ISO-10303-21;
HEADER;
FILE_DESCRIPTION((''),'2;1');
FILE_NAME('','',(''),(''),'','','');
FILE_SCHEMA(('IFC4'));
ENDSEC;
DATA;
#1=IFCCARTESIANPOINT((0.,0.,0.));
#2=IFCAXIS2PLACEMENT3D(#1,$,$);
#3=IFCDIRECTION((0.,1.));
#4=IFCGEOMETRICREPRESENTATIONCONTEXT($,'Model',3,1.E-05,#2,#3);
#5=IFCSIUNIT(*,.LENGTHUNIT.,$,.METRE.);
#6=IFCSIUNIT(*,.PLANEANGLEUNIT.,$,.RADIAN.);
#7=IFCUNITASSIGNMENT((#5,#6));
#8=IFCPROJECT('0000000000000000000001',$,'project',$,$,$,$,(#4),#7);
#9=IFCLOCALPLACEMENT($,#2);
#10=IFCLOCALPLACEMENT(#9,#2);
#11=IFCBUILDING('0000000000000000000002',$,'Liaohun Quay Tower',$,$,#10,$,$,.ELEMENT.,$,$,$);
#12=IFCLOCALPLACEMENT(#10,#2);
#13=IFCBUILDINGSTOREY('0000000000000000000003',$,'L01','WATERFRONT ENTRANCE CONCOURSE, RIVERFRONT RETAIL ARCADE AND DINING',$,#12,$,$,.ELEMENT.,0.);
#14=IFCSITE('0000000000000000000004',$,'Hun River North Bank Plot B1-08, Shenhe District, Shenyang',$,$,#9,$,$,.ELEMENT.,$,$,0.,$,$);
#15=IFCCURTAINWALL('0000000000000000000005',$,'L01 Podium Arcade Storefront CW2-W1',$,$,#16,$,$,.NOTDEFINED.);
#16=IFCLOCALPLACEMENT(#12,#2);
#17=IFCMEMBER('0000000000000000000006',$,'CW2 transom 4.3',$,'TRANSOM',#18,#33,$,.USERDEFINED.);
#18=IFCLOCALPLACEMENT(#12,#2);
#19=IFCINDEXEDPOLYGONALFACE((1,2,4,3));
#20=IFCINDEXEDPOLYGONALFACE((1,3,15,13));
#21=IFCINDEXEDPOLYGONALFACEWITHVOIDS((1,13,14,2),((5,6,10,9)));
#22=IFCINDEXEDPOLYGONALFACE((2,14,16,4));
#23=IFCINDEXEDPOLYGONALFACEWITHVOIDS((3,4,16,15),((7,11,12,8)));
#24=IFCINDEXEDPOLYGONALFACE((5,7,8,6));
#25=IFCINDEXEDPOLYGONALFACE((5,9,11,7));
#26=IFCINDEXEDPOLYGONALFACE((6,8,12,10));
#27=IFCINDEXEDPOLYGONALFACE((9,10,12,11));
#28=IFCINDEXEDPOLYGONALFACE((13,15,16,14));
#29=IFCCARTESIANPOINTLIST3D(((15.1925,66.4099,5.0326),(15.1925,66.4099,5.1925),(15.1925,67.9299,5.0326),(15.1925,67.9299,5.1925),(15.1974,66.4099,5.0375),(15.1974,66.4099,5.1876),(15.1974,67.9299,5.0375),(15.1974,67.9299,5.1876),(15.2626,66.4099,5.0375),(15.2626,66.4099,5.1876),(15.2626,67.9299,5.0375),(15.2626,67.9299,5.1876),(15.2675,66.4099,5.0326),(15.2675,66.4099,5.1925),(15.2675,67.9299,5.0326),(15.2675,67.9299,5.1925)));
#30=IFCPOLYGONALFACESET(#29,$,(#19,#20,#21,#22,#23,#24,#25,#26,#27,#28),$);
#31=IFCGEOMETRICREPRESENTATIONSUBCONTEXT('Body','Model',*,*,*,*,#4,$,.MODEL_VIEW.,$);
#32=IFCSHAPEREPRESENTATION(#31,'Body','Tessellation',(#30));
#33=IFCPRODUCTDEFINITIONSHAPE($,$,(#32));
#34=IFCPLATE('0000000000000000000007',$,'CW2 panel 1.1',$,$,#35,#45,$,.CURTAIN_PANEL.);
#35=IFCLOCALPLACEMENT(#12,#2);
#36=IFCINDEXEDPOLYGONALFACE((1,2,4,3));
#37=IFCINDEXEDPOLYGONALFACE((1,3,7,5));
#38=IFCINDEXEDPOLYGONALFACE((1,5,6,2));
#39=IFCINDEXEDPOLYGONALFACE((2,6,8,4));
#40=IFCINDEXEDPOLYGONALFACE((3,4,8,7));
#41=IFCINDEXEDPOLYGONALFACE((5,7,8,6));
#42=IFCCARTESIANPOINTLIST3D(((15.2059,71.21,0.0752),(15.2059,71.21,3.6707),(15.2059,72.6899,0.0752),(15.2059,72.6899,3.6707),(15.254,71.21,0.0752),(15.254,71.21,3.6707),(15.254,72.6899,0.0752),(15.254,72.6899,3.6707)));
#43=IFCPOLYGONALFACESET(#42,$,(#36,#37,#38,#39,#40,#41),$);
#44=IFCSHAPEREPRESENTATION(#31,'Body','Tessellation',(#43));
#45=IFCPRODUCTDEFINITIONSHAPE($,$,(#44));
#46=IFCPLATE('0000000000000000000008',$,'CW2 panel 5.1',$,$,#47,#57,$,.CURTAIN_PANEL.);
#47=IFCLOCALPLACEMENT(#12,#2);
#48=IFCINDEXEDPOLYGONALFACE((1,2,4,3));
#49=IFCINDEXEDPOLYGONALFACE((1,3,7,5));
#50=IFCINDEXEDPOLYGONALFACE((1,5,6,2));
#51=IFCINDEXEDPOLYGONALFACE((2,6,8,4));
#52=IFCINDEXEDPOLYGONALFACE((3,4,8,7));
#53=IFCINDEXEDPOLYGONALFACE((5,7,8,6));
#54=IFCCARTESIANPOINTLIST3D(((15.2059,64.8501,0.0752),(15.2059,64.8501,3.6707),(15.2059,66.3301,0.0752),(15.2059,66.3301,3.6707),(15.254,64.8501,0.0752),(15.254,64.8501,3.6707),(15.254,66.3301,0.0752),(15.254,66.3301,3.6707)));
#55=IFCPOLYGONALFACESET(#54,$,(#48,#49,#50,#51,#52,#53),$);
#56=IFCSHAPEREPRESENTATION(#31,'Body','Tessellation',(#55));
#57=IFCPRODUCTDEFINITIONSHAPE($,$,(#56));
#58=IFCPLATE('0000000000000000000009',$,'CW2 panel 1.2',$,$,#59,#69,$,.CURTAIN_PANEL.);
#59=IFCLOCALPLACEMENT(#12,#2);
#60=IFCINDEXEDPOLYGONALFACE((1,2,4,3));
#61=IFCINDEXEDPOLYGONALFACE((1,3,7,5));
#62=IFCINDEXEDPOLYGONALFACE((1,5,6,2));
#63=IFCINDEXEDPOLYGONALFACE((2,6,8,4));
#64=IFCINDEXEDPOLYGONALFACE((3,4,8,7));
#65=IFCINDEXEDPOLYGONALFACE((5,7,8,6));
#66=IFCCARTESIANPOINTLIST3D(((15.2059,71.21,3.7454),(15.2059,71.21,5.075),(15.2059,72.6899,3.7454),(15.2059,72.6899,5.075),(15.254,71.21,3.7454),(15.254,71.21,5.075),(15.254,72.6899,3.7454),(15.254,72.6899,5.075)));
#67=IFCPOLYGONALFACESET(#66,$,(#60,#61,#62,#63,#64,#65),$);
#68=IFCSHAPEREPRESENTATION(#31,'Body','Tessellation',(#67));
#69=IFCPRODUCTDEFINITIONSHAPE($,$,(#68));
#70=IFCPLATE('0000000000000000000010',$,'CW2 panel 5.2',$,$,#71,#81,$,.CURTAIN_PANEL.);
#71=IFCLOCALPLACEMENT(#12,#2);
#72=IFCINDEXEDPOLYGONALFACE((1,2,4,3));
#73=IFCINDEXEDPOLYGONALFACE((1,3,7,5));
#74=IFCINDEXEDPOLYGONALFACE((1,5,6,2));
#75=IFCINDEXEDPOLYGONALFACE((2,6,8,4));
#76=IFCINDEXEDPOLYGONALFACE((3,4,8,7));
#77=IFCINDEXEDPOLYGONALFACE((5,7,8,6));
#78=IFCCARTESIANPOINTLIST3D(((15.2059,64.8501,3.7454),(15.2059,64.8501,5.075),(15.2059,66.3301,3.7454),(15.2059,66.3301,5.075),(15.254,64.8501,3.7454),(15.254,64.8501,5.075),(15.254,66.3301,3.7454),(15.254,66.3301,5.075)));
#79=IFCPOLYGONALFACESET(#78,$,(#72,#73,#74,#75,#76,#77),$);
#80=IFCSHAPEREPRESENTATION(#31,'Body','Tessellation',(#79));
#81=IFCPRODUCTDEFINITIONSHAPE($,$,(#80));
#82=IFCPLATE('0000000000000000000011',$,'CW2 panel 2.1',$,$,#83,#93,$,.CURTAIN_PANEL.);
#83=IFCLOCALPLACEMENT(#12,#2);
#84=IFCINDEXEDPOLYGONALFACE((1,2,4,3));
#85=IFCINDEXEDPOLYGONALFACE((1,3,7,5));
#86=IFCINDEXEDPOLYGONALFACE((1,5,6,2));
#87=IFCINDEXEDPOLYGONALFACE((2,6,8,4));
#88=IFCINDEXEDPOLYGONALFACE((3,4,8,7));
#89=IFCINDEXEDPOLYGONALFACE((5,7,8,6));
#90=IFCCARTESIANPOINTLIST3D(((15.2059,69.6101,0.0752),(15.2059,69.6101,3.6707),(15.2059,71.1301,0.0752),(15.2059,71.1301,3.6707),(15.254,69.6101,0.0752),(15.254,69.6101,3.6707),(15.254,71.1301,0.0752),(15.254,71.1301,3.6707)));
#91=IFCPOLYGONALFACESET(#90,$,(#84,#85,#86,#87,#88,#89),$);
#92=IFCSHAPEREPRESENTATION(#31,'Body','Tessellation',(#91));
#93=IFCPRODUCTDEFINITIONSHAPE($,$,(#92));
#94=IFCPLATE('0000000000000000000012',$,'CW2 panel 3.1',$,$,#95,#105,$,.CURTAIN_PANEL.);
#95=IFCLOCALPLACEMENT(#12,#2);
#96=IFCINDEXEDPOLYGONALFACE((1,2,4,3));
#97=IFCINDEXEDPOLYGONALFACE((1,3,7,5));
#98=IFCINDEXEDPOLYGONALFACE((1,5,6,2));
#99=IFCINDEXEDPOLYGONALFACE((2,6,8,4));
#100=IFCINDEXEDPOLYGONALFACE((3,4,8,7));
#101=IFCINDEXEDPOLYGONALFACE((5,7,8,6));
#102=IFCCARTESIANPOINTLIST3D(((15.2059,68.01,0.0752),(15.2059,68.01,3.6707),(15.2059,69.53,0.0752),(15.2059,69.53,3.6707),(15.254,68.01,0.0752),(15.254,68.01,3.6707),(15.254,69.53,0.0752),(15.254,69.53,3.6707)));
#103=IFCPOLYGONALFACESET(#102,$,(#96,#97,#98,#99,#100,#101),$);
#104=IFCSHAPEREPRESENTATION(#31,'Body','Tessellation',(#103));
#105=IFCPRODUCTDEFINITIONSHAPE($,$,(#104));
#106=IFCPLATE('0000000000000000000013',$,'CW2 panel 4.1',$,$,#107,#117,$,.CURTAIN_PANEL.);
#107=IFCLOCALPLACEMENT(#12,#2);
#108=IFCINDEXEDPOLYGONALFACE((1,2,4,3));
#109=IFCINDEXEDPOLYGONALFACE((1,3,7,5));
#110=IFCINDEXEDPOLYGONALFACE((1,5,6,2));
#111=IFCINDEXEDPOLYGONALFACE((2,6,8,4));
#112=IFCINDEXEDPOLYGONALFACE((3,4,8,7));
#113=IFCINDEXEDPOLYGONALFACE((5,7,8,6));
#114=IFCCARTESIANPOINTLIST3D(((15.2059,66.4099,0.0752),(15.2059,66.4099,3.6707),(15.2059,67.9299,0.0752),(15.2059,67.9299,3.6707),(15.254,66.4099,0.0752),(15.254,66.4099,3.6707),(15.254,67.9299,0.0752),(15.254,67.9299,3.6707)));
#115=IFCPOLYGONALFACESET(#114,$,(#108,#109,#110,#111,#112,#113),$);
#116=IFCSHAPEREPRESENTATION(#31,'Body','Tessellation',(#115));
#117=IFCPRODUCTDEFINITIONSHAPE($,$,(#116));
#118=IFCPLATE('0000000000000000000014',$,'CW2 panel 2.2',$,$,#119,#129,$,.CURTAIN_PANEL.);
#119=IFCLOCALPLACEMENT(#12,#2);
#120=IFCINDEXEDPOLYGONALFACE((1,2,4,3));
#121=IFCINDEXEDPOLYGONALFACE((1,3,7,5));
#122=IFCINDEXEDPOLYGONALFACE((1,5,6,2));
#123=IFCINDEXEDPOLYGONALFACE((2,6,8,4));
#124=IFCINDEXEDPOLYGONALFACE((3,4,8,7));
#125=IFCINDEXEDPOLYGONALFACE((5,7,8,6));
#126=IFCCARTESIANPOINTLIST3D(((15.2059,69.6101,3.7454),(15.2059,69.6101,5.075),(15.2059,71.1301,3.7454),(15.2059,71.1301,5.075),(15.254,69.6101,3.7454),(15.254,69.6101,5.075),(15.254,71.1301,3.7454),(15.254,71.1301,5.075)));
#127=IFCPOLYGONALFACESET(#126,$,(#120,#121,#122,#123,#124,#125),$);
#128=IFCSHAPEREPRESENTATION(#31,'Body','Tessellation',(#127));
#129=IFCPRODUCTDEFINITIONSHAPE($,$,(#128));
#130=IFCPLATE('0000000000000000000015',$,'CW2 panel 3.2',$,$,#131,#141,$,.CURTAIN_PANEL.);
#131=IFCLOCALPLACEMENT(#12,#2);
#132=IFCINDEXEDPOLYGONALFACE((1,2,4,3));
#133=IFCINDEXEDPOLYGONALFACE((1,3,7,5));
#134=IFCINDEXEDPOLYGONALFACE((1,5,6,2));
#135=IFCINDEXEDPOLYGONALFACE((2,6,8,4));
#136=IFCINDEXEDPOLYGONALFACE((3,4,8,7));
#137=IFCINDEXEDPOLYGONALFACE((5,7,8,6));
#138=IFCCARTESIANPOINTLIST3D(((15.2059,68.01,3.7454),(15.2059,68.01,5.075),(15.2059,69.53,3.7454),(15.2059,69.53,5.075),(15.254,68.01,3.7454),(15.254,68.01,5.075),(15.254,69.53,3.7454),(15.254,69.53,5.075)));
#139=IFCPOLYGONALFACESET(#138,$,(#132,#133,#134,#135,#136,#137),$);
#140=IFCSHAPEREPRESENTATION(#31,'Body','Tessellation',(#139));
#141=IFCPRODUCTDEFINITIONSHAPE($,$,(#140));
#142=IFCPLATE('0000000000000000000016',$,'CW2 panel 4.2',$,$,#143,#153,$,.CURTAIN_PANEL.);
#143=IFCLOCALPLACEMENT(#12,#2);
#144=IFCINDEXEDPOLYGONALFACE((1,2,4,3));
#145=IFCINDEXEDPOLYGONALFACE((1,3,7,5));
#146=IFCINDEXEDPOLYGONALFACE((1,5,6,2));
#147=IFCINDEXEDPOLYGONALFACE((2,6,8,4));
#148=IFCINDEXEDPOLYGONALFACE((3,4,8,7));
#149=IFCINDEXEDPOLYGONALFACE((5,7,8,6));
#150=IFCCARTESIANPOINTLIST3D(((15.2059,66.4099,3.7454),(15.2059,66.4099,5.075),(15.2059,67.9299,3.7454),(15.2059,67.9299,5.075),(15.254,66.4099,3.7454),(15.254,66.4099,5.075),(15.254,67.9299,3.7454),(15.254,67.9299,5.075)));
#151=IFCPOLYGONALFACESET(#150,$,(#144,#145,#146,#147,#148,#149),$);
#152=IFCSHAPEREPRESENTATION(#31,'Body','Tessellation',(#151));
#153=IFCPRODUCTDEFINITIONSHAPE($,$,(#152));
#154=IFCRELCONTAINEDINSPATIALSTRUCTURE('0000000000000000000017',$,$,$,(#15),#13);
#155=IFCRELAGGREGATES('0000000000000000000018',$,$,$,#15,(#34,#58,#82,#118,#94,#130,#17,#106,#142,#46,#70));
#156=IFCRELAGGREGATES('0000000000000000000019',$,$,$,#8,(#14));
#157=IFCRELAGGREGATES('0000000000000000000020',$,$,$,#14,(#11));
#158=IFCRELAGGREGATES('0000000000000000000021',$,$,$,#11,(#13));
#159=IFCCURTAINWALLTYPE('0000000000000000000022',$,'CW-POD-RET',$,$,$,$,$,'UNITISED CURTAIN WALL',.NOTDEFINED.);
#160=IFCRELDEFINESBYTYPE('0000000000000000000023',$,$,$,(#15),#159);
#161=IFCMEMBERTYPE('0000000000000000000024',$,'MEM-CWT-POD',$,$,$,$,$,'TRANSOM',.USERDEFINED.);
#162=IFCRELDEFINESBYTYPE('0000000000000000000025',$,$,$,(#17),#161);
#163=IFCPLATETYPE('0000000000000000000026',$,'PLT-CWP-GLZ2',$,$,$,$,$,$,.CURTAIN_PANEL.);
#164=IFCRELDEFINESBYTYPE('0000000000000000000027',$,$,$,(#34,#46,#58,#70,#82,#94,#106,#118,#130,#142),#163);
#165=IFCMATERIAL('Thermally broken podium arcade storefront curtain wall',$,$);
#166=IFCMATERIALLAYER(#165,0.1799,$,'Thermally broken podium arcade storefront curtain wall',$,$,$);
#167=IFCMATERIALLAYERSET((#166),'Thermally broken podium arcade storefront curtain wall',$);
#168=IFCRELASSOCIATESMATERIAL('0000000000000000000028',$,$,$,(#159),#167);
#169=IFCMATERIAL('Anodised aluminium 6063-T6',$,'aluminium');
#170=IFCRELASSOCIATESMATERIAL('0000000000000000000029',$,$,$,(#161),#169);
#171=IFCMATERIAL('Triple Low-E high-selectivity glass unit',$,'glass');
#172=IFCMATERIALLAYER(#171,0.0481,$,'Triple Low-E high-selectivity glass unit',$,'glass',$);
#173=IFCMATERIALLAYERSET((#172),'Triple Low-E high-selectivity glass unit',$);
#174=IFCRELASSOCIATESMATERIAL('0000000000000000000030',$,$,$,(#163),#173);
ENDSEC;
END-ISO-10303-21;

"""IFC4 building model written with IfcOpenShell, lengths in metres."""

from ifc_helpers import new_model, si_unit, direction, frame, origin, origin_2d, place, context, subcontext, project, spatial, rectangle, hollow_rectangle, extrude, source, transform, mapped, material, layer, layer_set, material_profile, profile_set, type_object, element, aggregate, save


model = new_model("IFC4")

# Units and contexts
model_context = context("Model", 3, precision=1e-05, world=origin(), true_north=direction((0.0, 1.0)))
body_context = subcontext(model_context, "Body", "Model", "MODEL_VIEW")
ifc_project = project(units=[si_unit("LENGTHUNIT", "METRE"), si_unit("PLANEANGLEUNIT", "RADIAN")], contexts=[model_context])

# Site, building, storey
site_placement = place(None, origin())
site = spatial("IfcSite", under=ifc_project, at=site_placement, Name="Hun River North Bank Plot B1-08, Shenhe District, Shenyang", CompositionType="ELEMENT", RefElevation=0.0)
building_placement = place(site_placement, origin())
building = spatial("IfcBuilding", under=site, at=building_placement, Name="Liaohun Quay Tower", CompositionType="ELEMENT")
storey_placement = place(building_placement, origin())
storey = spatial("IfcBuildingStorey", under=building, at=storey_placement, Name="L01", Description="WATERFRONT ENTRANCE CONCOURSE, RIVERFRONT RETAIL ARCADE AND DINING", CompositionType="ELEMENT", Elevation=0.0)

# Curtain wall, member, plates
ifc_material_1 = material(Name="Thermally broken podium arcade storefront curtain wall")
ifc_layer_1 = layer(ifc_material_1, 0.1799, Name="Thermally broken podium arcade storefront curtain wall")
ifc_layer_set_1 = layer_set([ifc_layer_1], Name="Thermally broken podium arcade storefront curtain wall")
curtain_wall_type = type_object("IfcCurtainWallType", Name="CW-POD-RET", ElementType="UNITISED CURTAIN WALL", PredefinedType="NOTDEFINED", material=ifc_layer_set_1)
curtain_wall_placement = place(storey_placement, origin())
curtain_wall = element("IfcCurtainWall", 1, at=curtain_wall_placement, inside=storey, type_object=curtain_wall_type, Name="L01 Podium Arcade Storefront CW2-W1", PredefinedType="NOTDEFINED")
ifc_material_2 = material(Name="Anodised aluminium 6063-T6", Category="aluminium")
ifc_material_profile_1 = material_profile(ifc_material_2, hollow_rectangle(XDim=0.075, YDim=0.1599, WallThickness=0.0049, at=origin_2d()), Name="RHS160x75x5")
ifc_profile_set_1 = profile_set([ifc_material_profile_1], Name="Anodised aluminium 6063-T6")
member_type_1 = type_object("IfcMemberType", Name="MEM-CWT-POD", ElementType="TRANSOM", PredefinedType="USERDEFINED", material=ifc_profile_set_1)
shared_shape_1 = source(origin(), body_context, "Body", "SweptSolid", [
    extrude(hollow_rectangle(XDim=0.075, YDim=0.1599, WallThickness=0.0049, at=origin_2d()), origin(), (0.0, 0.0, 1.0), 1.52),
])
member_1_placement = place(storey_placement, frame((15.23, 67.9299, 5.1125), z_axis=(0.0, -1.0, 0.0), x_axis=(1.0, 0.0, 0.0)))
member_1 = element("IfcMember", 2, at=member_1_placement, type_object=member_type_1, Name="CW2 transom 4.3", ObjectType="TRANSOM", PredefinedType="USERDEFINED", context=body_context, shape_type="MappedRepresentation", body=[
    mapped(shared_shape_1, transform((0.0, 0.0, 0.0), x_axis=(1.0, 0.0, 0.0), y_axis=(0.0, 1.0, 0.0), z_axis=(0.0, 0.0, 1.0), scale=1.0)),
])
ifc_material_3 = material(Name="Triple Low-E high-selectivity glass unit", Category="glass")
ifc_layer_2 = layer(ifc_material_3, 0.0481, Name="Triple Low-E high-selectivity glass unit", Category="glass")
ifc_layer_set_2 = layer_set([ifc_layer_2], Name="Triple Low-E high-selectivity glass unit")
plate_type = type_object("IfcPlateType", Name="PLT-CWP-GLZ2", PredefinedType="CURTAIN_PANEL", material=ifc_layer_set_2)
shared_shape_2 = source(origin(), body_context, "Body", "SweptSolid", [
    extrude(rectangle(XDim=1.48, YDim=0.0481, at=origin_2d()), origin(), (0.0, 0.0, 1.0), 3.5955),
])
plate_1_placement = place(storey_placement, frame((15.23, 71.95, 0.0752), z_axis=(0.0, 0.0, 1.0), x_axis=(0.0, -1.0, 0.0)))
plate_1 = element("IfcPlate", 3, at=plate_1_placement, type_object=plate_type, Name="CW2 panel 1.1", PredefinedType="CURTAIN_PANEL", context=body_context, shape_type="MappedRepresentation", body=[
    mapped(shared_shape_2, transform((0.0, 0.0, 0.0), x_axis=(1.0, 0.0, 0.0), y_axis=(0.0, 1.0, 0.0), z_axis=(0.0, 0.0, 1.0), scale=1.0)),
])
plate_2_placement = place(storey_placement, frame((15.23, 65.5901, 0.0752), z_axis=(0.0, 0.0, 1.0), x_axis=(0.0, -1.0, 0.0)))
plate_2 = element("IfcPlate", 4, at=plate_2_placement, type_object=plate_type, Name="CW2 panel 5.1", PredefinedType="CURTAIN_PANEL", context=body_context, shape_type="MappedRepresentation", body=[
    mapped(shared_shape_2, transform((0.0, 0.0, 0.0), x_axis=(1.0, 0.0, 0.0), y_axis=(0.0, 1.0, 0.0), z_axis=(0.0, 0.0, 1.0), scale=1.0)),
])
shared_shape_3 = source(origin(), body_context, "Body", "SweptSolid", [
    extrude(rectangle(XDim=1.48, YDim=0.0481, at=origin_2d()), origin(), (0.0, 0.0, 1.0), 1.3296),
])
plate_3_placement = place(storey_placement, frame((15.23, 71.95, 3.7454), z_axis=(0.0, 0.0, 1.0), x_axis=(0.0, -1.0, 0.0)))
plate_3 = element("IfcPlate", 5, at=plate_3_placement, type_object=plate_type, Name="CW2 panel 1.2", PredefinedType="CURTAIN_PANEL", context=body_context, shape_type="MappedRepresentation", body=[
    mapped(shared_shape_3, transform((0.0, 0.0, 0.0), x_axis=(1.0, 0.0, 0.0), y_axis=(0.0, 1.0, 0.0), z_axis=(0.0, 0.0, 1.0), scale=1.0)),
])
plate_4_placement = place(storey_placement, frame((15.23, 65.5901, 3.7454), z_axis=(0.0, 0.0, 1.0), x_axis=(0.0, -1.0, 0.0)))
plate_4 = element("IfcPlate", 6, at=plate_4_placement, type_object=plate_type, Name="CW2 panel 5.2", PredefinedType="CURTAIN_PANEL", context=body_context, shape_type="MappedRepresentation", body=[
    mapped(shared_shape_3, transform((0.0, 0.0, 0.0), x_axis=(1.0, 0.0, 0.0), y_axis=(0.0, 1.0, 0.0), z_axis=(0.0, 0.0, 1.0), scale=1.0)),
])
shared_shape_4 = source(origin(), body_context, "Body", "SweptSolid", [
    extrude(rectangle(XDim=1.52, YDim=0.0481, at=origin_2d()), origin(), (0.0, 0.0, 1.0), 3.5955),
])
plate_5_placement = place(storey_placement, frame((15.23, 70.3701, 0.0752), z_axis=(0.0, 0.0, 1.0), x_axis=(0.0, -1.0, 0.0)))
plate_5 = element("IfcPlate", 7, at=plate_5_placement, type_object=plate_type, Name="CW2 panel 2.1", PredefinedType="CURTAIN_PANEL", context=body_context, shape_type="MappedRepresentation", body=[
    mapped(shared_shape_4, transform((0.0, 0.0, 0.0), x_axis=(1.0, 0.0, 0.0), y_axis=(0.0, 1.0, 0.0), z_axis=(0.0, 0.0, 1.0), scale=1.0)),
])
plate_6_placement = place(storey_placement, frame((15.23, 68.77, 0.0752), z_axis=(0.0, 0.0, 1.0), x_axis=(0.0, -1.0, 0.0)))
plate_6 = element("IfcPlate", 8, at=plate_6_placement, type_object=plate_type, Name="CW2 panel 3.1", PredefinedType="CURTAIN_PANEL", context=body_context, shape_type="MappedRepresentation", body=[
    mapped(shared_shape_4, transform((0.0, 0.0, 0.0), x_axis=(1.0, 0.0, 0.0), y_axis=(0.0, 1.0, 0.0), z_axis=(0.0, 0.0, 1.0), scale=1.0)),
])
plate_7_placement = place(storey_placement, frame((15.23, 67.1699, 0.0752), z_axis=(0.0, 0.0, 1.0), x_axis=(0.0, -1.0, 0.0)))
plate_7 = element("IfcPlate", 9, at=plate_7_placement, type_object=plate_type, Name="CW2 panel 4.1", PredefinedType="CURTAIN_PANEL", context=body_context, shape_type="MappedRepresentation", body=[
    mapped(shared_shape_4, transform((0.0, 0.0, 0.0), x_axis=(1.0, 0.0, 0.0), y_axis=(0.0, 1.0, 0.0), z_axis=(0.0, 0.0, 1.0), scale=1.0)),
])
shared_shape_5 = source(origin(), body_context, "Body", "SweptSolid", [
    extrude(rectangle(XDim=1.52, YDim=0.0481, at=origin_2d()), origin(), (0.0, 0.0, 1.0), 1.3296),
])
plate_8_placement = place(storey_placement, frame((15.23, 70.3701, 3.7454), z_axis=(0.0, 0.0, 1.0), x_axis=(0.0, -1.0, 0.0)))
plate_8 = element("IfcPlate", 10, at=plate_8_placement, type_object=plate_type, Name="CW2 panel 2.2", PredefinedType="CURTAIN_PANEL", context=body_context, shape_type="MappedRepresentation", body=[
    mapped(shared_shape_5, transform((0.0, 0.0, 0.0), x_axis=(1.0, 0.0, 0.0), y_axis=(0.0, 1.0, 0.0), z_axis=(0.0, 0.0, 1.0), scale=1.0)),
])
plate_9_placement = place(storey_placement, frame((15.23, 68.77, 3.7454), z_axis=(0.0, 0.0, 1.0), x_axis=(0.0, -1.0, 0.0)))
plate_9 = element("IfcPlate", 11, at=plate_9_placement, type_object=plate_type, Name="CW2 panel 3.2", PredefinedType="CURTAIN_PANEL", context=body_context, shape_type="MappedRepresentation", body=[
    mapped(shared_shape_5, transform((0.0, 0.0, 0.0), x_axis=(1.0, 0.0, 0.0), y_axis=(0.0, 1.0, 0.0), z_axis=(0.0, 0.0, 1.0), scale=1.0)),
])
plate_10_placement = place(storey_placement, frame((15.23, 67.1699, 3.7454), z_axis=(0.0, 0.0, 1.0), x_axis=(0.0, -1.0, 0.0)))
plate_10 = element("IfcPlate", 12, at=plate_10_placement, type_object=plate_type, Name="CW2 panel 4.2", PredefinedType="CURTAIN_PANEL", context=body_context, shape_type="MappedRepresentation", body=[
    mapped(shared_shape_5, transform((0.0, 0.0, 0.0), x_axis=(1.0, 0.0, 0.0), y_axis=(0.0, 1.0, 0.0), z_axis=(0.0, 0.0, 1.0), scale=1.0)),
])
aggregate(curtain_wall, [plate_1, plate_3, plate_5, plate_8, plate_6, plate_9, member_1, plate_7, plate_10, plate_2, plate_4])

save(model, "model.ifc")
